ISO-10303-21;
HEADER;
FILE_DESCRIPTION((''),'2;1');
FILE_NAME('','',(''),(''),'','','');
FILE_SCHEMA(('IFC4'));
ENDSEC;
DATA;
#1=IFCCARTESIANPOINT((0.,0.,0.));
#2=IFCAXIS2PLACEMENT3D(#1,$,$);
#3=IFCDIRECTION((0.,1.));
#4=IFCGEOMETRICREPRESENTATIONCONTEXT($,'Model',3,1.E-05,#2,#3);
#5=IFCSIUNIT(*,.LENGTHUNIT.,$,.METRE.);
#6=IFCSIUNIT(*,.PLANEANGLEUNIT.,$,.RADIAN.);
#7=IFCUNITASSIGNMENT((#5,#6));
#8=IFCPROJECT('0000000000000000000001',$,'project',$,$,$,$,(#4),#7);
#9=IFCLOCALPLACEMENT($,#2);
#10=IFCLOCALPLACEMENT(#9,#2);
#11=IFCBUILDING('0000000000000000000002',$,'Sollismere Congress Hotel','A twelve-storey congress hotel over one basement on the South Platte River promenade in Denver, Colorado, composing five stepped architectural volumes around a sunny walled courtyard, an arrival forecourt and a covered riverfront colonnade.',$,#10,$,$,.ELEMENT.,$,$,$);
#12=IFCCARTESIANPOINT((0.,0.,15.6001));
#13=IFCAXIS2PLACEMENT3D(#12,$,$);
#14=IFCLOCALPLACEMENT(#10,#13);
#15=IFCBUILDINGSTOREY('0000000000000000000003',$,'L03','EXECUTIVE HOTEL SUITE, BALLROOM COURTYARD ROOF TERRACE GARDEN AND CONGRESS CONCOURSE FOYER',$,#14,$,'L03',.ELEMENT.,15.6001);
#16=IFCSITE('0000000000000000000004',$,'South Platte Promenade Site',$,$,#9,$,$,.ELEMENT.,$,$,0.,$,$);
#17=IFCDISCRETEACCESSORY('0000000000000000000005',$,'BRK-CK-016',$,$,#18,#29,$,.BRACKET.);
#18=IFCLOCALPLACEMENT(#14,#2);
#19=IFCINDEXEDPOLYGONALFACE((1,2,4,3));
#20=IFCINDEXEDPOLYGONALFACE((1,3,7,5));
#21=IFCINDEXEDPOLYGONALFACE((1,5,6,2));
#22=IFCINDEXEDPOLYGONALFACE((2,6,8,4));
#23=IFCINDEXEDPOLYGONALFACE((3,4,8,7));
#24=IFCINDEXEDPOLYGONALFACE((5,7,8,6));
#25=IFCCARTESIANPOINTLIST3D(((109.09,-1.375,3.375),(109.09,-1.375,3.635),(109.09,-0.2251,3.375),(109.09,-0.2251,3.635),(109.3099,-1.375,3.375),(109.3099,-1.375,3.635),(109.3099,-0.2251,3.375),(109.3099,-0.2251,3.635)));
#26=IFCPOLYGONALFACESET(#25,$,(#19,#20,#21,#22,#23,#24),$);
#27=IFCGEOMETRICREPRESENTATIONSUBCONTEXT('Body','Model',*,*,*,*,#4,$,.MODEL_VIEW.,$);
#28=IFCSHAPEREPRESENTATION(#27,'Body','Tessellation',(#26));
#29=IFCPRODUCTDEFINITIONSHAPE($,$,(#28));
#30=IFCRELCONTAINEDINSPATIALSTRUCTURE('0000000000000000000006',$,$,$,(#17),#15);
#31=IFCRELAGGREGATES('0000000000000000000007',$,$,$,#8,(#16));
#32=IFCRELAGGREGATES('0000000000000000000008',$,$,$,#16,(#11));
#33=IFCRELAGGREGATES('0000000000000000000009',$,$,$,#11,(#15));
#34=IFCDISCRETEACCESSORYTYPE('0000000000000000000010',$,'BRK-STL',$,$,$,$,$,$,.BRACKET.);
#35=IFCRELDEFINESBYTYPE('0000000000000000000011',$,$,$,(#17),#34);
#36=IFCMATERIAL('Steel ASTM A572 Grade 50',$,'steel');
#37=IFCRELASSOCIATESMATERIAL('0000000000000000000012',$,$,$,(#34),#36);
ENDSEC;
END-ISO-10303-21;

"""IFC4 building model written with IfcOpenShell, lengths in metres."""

from ifc_helpers import new_model, si_unit, direction, frame, origin, origin_2d, place, context, subcontext, project, spatial, rectangle, extrude, material, type_object, element, save


model = new_model("IFC4")

# Units and contexts
model_context = context("Model", 3, precision=1e-05, world=origin(), true_north=direction((0.0, 1.0)))
body_context = subcontext(model_context, "Body", "Model", "MODEL_VIEW")
ifc_project = project(units=[si_unit("LENGTHUNIT", "METRE"), si_unit("PLANEANGLEUNIT", "RADIAN")], contexts=[model_context])

# Site, building, storey
site_placement = place(None, origin())
site = spatial("IfcSite", under=ifc_project, at=site_placement, Name="South Platte Promenade Site", CompositionType="ELEMENT", RefElevation=0.0)
building_placement = place(site_placement, origin())
building = spatial("IfcBuilding", under=site, at=building_placement, Name="Sollismere Congress Hotel", Description="A twelve-storey congress hotel over one basement on the South Platte River promenade in Denver, Colorado, composing five stepped architectural volumes around a sunny walled courtyard, an arrival forecourt and a covered riverfront colonnade.", CompositionType="ELEMENT")
storey_placement = place(building_placement, frame((0.0, 0.0, 15.6001)))
storey = spatial("IfcBuildingStorey", under=building, at=storey_placement, Name="L03", Description="EXECUTIVE HOTEL SUITE, BALLROOM COURTYARD ROOF TERRACE GARDEN AND CONGRESS CONCOURSE FOYER", LongName="L03", CompositionType="ELEMENT", Elevation=15.6001)

# Discrete accessory
ifc_material_1 = material(Name="Steel ASTM A572 Grade 50", Category="steel")
discrete_accessory_type = type_object("IfcDiscreteAccessoryType", Name="BRK-STL", PredefinedType="BRACKET", material=ifc_material_1)
for number, where, z_axis, x_axis, name in (
    (1, (109.2, -0.8, 3.375), (0.0, 0.0, 1.0), (1.0, 0.0, 0.0), "BRK-CK-016"),
):
    element("IfcDiscreteAccessory", number, at=place(storey_placement, frame(where, z_axis=z_axis, x_axis=x_axis)), inside=storey, type_object=discrete_accessory_type, Name=name, PredefinedType="BRACKET", context=body_context, shape_type="SweptSolid", body=[
        extrude(rectangle(XDim=0.22, YDim=1.1499, at=origin_2d()), origin(), (0.0, 0.0, 1.0), 0.26),
    ])

save(model, "model.ifc")
